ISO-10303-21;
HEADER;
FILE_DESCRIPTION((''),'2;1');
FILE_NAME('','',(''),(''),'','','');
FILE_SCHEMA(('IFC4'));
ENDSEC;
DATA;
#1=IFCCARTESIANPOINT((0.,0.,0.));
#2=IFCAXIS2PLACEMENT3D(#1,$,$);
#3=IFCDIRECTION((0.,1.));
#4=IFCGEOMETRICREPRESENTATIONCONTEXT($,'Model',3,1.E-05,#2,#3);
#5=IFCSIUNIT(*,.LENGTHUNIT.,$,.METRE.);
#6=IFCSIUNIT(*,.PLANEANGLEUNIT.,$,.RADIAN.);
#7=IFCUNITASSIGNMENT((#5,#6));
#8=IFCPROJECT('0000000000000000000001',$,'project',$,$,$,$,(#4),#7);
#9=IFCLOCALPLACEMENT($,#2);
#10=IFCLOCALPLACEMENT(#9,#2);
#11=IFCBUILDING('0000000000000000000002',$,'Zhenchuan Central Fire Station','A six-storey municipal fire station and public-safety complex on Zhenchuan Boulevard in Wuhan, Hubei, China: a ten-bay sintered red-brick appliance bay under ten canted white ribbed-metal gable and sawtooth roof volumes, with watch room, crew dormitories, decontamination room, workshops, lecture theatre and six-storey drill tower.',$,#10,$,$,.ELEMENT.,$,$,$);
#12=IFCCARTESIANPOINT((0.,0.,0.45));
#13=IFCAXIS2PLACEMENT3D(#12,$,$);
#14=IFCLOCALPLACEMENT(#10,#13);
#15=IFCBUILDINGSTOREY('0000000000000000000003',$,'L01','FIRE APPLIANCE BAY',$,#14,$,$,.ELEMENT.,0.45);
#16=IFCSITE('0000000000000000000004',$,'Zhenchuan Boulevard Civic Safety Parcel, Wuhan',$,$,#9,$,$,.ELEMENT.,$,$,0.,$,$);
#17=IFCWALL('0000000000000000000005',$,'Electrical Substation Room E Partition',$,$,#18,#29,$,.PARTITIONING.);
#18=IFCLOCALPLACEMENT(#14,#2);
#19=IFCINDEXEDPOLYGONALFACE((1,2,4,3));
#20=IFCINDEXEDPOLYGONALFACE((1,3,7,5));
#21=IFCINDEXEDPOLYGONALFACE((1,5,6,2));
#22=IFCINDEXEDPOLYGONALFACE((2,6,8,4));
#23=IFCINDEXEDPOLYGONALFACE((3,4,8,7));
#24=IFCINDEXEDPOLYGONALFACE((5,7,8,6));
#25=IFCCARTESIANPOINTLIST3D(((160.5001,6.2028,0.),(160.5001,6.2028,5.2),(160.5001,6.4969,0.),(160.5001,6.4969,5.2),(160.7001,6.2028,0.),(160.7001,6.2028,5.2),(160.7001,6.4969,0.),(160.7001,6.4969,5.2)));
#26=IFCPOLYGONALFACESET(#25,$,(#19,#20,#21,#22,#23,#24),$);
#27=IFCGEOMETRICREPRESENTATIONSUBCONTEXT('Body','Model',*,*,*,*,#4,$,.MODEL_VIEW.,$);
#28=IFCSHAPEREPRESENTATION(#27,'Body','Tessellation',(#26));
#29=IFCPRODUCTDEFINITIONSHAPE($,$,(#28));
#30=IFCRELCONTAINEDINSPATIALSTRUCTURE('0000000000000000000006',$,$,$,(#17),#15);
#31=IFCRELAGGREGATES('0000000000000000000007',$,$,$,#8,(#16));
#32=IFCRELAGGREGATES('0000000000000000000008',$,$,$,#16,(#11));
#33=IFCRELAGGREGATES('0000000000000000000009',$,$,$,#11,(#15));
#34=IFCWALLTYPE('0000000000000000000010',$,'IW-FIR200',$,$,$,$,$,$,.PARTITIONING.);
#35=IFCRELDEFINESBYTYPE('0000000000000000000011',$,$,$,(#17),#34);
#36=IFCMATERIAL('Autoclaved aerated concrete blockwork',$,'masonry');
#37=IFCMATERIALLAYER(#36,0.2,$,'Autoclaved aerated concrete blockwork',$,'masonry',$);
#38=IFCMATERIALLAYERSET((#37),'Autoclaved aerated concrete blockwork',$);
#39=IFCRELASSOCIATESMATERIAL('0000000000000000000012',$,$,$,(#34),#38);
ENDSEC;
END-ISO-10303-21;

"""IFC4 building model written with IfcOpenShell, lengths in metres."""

from ifc_helpers import new_model, si_unit, direction, frame, frame_2d, origin, place, context, subcontext, project, spatial, rectangle, extrude, material, layer, layer_set, type_object, element, save


model = new_model("IFC4")

# Units and contexts
model_context = context("Model", 3, precision=1e-05, world=origin(), true_north=direction((0.0, 1.0)))
body_context = subcontext(model_context, "Body", "Model", "MODEL_VIEW")
ifc_project = project(units=[si_unit("LENGTHUNIT", "METRE"), si_unit("PLANEANGLEUNIT", "RADIAN")], contexts=[model_context])

# Site, building, storey
site_placement = place(None, origin())
site = spatial("IfcSite", under=ifc_project, at=site_placement, Name="Zhenchuan Boulevard Civic Safety Parcel, Wuhan", CompositionType="ELEMENT", RefElevation=0.0)
building_placement = place(site_placement, origin())
building = spatial("IfcBuilding", under=site, at=building_placement, Name="Zhenchuan Central Fire Station", Description="A six-storey municipal fire station and public-safety complex on Zhenchuan Boulevard in Wuhan, Hubei, China: a ten-bay sintered red-brick appliance bay under ten canted white ribbed-metal gable and sawtooth roof volumes, with watch room, crew dormitories, decontamination room, workshops, lecture theatre and six-storey drill tower.", CompositionType="ELEMENT")
storey_placement = place(building_placement, frame((0.0, 0.0, 0.45)))
storey = spatial("IfcBuildingStorey", under=building, at=storey_placement, Name="L01", Description="FIRE APPLIANCE BAY", CompositionType="ELEMENT", Elevation=0.45)

# Wall
ifc_material_1 = material(Name="Autoclaved aerated concrete blockwork", Category="masonry")
ifc_layer_1 = layer(ifc_material_1, 0.2, Name="Autoclaved aerated concrete blockwork", Category="masonry")
ifc_layer_set_1 = layer_set([ifc_layer_1], Name="Autoclaved aerated concrete blockwork")
wall_type = type_object("IfcWallType", Name="IW-FIR200", PredefinedType="PARTITIONING", material=ifc_layer_set_1)
wall_placement = place(storey_placement, frame((160.6001, 6.2029, 0.0), z_axis=(0.0, 0.0, 1.0), x_axis=(0.0, 1.0, 0.0)))
element("IfcWall", 1, at=wall_placement, inside=storey, type_object=wall_type, Name="Electrical Substation Room E Partition", PredefinedType="PARTITIONING", context=body_context, shape_type="SweptSolid", body=[
    extrude(rectangle(XDim=0.2942, YDim=0.2, at=frame_2d((0.147, 0.0))), origin(), (0.0, 0.0, 1.0), 5.2),
])

save(model, "model.ifc")
